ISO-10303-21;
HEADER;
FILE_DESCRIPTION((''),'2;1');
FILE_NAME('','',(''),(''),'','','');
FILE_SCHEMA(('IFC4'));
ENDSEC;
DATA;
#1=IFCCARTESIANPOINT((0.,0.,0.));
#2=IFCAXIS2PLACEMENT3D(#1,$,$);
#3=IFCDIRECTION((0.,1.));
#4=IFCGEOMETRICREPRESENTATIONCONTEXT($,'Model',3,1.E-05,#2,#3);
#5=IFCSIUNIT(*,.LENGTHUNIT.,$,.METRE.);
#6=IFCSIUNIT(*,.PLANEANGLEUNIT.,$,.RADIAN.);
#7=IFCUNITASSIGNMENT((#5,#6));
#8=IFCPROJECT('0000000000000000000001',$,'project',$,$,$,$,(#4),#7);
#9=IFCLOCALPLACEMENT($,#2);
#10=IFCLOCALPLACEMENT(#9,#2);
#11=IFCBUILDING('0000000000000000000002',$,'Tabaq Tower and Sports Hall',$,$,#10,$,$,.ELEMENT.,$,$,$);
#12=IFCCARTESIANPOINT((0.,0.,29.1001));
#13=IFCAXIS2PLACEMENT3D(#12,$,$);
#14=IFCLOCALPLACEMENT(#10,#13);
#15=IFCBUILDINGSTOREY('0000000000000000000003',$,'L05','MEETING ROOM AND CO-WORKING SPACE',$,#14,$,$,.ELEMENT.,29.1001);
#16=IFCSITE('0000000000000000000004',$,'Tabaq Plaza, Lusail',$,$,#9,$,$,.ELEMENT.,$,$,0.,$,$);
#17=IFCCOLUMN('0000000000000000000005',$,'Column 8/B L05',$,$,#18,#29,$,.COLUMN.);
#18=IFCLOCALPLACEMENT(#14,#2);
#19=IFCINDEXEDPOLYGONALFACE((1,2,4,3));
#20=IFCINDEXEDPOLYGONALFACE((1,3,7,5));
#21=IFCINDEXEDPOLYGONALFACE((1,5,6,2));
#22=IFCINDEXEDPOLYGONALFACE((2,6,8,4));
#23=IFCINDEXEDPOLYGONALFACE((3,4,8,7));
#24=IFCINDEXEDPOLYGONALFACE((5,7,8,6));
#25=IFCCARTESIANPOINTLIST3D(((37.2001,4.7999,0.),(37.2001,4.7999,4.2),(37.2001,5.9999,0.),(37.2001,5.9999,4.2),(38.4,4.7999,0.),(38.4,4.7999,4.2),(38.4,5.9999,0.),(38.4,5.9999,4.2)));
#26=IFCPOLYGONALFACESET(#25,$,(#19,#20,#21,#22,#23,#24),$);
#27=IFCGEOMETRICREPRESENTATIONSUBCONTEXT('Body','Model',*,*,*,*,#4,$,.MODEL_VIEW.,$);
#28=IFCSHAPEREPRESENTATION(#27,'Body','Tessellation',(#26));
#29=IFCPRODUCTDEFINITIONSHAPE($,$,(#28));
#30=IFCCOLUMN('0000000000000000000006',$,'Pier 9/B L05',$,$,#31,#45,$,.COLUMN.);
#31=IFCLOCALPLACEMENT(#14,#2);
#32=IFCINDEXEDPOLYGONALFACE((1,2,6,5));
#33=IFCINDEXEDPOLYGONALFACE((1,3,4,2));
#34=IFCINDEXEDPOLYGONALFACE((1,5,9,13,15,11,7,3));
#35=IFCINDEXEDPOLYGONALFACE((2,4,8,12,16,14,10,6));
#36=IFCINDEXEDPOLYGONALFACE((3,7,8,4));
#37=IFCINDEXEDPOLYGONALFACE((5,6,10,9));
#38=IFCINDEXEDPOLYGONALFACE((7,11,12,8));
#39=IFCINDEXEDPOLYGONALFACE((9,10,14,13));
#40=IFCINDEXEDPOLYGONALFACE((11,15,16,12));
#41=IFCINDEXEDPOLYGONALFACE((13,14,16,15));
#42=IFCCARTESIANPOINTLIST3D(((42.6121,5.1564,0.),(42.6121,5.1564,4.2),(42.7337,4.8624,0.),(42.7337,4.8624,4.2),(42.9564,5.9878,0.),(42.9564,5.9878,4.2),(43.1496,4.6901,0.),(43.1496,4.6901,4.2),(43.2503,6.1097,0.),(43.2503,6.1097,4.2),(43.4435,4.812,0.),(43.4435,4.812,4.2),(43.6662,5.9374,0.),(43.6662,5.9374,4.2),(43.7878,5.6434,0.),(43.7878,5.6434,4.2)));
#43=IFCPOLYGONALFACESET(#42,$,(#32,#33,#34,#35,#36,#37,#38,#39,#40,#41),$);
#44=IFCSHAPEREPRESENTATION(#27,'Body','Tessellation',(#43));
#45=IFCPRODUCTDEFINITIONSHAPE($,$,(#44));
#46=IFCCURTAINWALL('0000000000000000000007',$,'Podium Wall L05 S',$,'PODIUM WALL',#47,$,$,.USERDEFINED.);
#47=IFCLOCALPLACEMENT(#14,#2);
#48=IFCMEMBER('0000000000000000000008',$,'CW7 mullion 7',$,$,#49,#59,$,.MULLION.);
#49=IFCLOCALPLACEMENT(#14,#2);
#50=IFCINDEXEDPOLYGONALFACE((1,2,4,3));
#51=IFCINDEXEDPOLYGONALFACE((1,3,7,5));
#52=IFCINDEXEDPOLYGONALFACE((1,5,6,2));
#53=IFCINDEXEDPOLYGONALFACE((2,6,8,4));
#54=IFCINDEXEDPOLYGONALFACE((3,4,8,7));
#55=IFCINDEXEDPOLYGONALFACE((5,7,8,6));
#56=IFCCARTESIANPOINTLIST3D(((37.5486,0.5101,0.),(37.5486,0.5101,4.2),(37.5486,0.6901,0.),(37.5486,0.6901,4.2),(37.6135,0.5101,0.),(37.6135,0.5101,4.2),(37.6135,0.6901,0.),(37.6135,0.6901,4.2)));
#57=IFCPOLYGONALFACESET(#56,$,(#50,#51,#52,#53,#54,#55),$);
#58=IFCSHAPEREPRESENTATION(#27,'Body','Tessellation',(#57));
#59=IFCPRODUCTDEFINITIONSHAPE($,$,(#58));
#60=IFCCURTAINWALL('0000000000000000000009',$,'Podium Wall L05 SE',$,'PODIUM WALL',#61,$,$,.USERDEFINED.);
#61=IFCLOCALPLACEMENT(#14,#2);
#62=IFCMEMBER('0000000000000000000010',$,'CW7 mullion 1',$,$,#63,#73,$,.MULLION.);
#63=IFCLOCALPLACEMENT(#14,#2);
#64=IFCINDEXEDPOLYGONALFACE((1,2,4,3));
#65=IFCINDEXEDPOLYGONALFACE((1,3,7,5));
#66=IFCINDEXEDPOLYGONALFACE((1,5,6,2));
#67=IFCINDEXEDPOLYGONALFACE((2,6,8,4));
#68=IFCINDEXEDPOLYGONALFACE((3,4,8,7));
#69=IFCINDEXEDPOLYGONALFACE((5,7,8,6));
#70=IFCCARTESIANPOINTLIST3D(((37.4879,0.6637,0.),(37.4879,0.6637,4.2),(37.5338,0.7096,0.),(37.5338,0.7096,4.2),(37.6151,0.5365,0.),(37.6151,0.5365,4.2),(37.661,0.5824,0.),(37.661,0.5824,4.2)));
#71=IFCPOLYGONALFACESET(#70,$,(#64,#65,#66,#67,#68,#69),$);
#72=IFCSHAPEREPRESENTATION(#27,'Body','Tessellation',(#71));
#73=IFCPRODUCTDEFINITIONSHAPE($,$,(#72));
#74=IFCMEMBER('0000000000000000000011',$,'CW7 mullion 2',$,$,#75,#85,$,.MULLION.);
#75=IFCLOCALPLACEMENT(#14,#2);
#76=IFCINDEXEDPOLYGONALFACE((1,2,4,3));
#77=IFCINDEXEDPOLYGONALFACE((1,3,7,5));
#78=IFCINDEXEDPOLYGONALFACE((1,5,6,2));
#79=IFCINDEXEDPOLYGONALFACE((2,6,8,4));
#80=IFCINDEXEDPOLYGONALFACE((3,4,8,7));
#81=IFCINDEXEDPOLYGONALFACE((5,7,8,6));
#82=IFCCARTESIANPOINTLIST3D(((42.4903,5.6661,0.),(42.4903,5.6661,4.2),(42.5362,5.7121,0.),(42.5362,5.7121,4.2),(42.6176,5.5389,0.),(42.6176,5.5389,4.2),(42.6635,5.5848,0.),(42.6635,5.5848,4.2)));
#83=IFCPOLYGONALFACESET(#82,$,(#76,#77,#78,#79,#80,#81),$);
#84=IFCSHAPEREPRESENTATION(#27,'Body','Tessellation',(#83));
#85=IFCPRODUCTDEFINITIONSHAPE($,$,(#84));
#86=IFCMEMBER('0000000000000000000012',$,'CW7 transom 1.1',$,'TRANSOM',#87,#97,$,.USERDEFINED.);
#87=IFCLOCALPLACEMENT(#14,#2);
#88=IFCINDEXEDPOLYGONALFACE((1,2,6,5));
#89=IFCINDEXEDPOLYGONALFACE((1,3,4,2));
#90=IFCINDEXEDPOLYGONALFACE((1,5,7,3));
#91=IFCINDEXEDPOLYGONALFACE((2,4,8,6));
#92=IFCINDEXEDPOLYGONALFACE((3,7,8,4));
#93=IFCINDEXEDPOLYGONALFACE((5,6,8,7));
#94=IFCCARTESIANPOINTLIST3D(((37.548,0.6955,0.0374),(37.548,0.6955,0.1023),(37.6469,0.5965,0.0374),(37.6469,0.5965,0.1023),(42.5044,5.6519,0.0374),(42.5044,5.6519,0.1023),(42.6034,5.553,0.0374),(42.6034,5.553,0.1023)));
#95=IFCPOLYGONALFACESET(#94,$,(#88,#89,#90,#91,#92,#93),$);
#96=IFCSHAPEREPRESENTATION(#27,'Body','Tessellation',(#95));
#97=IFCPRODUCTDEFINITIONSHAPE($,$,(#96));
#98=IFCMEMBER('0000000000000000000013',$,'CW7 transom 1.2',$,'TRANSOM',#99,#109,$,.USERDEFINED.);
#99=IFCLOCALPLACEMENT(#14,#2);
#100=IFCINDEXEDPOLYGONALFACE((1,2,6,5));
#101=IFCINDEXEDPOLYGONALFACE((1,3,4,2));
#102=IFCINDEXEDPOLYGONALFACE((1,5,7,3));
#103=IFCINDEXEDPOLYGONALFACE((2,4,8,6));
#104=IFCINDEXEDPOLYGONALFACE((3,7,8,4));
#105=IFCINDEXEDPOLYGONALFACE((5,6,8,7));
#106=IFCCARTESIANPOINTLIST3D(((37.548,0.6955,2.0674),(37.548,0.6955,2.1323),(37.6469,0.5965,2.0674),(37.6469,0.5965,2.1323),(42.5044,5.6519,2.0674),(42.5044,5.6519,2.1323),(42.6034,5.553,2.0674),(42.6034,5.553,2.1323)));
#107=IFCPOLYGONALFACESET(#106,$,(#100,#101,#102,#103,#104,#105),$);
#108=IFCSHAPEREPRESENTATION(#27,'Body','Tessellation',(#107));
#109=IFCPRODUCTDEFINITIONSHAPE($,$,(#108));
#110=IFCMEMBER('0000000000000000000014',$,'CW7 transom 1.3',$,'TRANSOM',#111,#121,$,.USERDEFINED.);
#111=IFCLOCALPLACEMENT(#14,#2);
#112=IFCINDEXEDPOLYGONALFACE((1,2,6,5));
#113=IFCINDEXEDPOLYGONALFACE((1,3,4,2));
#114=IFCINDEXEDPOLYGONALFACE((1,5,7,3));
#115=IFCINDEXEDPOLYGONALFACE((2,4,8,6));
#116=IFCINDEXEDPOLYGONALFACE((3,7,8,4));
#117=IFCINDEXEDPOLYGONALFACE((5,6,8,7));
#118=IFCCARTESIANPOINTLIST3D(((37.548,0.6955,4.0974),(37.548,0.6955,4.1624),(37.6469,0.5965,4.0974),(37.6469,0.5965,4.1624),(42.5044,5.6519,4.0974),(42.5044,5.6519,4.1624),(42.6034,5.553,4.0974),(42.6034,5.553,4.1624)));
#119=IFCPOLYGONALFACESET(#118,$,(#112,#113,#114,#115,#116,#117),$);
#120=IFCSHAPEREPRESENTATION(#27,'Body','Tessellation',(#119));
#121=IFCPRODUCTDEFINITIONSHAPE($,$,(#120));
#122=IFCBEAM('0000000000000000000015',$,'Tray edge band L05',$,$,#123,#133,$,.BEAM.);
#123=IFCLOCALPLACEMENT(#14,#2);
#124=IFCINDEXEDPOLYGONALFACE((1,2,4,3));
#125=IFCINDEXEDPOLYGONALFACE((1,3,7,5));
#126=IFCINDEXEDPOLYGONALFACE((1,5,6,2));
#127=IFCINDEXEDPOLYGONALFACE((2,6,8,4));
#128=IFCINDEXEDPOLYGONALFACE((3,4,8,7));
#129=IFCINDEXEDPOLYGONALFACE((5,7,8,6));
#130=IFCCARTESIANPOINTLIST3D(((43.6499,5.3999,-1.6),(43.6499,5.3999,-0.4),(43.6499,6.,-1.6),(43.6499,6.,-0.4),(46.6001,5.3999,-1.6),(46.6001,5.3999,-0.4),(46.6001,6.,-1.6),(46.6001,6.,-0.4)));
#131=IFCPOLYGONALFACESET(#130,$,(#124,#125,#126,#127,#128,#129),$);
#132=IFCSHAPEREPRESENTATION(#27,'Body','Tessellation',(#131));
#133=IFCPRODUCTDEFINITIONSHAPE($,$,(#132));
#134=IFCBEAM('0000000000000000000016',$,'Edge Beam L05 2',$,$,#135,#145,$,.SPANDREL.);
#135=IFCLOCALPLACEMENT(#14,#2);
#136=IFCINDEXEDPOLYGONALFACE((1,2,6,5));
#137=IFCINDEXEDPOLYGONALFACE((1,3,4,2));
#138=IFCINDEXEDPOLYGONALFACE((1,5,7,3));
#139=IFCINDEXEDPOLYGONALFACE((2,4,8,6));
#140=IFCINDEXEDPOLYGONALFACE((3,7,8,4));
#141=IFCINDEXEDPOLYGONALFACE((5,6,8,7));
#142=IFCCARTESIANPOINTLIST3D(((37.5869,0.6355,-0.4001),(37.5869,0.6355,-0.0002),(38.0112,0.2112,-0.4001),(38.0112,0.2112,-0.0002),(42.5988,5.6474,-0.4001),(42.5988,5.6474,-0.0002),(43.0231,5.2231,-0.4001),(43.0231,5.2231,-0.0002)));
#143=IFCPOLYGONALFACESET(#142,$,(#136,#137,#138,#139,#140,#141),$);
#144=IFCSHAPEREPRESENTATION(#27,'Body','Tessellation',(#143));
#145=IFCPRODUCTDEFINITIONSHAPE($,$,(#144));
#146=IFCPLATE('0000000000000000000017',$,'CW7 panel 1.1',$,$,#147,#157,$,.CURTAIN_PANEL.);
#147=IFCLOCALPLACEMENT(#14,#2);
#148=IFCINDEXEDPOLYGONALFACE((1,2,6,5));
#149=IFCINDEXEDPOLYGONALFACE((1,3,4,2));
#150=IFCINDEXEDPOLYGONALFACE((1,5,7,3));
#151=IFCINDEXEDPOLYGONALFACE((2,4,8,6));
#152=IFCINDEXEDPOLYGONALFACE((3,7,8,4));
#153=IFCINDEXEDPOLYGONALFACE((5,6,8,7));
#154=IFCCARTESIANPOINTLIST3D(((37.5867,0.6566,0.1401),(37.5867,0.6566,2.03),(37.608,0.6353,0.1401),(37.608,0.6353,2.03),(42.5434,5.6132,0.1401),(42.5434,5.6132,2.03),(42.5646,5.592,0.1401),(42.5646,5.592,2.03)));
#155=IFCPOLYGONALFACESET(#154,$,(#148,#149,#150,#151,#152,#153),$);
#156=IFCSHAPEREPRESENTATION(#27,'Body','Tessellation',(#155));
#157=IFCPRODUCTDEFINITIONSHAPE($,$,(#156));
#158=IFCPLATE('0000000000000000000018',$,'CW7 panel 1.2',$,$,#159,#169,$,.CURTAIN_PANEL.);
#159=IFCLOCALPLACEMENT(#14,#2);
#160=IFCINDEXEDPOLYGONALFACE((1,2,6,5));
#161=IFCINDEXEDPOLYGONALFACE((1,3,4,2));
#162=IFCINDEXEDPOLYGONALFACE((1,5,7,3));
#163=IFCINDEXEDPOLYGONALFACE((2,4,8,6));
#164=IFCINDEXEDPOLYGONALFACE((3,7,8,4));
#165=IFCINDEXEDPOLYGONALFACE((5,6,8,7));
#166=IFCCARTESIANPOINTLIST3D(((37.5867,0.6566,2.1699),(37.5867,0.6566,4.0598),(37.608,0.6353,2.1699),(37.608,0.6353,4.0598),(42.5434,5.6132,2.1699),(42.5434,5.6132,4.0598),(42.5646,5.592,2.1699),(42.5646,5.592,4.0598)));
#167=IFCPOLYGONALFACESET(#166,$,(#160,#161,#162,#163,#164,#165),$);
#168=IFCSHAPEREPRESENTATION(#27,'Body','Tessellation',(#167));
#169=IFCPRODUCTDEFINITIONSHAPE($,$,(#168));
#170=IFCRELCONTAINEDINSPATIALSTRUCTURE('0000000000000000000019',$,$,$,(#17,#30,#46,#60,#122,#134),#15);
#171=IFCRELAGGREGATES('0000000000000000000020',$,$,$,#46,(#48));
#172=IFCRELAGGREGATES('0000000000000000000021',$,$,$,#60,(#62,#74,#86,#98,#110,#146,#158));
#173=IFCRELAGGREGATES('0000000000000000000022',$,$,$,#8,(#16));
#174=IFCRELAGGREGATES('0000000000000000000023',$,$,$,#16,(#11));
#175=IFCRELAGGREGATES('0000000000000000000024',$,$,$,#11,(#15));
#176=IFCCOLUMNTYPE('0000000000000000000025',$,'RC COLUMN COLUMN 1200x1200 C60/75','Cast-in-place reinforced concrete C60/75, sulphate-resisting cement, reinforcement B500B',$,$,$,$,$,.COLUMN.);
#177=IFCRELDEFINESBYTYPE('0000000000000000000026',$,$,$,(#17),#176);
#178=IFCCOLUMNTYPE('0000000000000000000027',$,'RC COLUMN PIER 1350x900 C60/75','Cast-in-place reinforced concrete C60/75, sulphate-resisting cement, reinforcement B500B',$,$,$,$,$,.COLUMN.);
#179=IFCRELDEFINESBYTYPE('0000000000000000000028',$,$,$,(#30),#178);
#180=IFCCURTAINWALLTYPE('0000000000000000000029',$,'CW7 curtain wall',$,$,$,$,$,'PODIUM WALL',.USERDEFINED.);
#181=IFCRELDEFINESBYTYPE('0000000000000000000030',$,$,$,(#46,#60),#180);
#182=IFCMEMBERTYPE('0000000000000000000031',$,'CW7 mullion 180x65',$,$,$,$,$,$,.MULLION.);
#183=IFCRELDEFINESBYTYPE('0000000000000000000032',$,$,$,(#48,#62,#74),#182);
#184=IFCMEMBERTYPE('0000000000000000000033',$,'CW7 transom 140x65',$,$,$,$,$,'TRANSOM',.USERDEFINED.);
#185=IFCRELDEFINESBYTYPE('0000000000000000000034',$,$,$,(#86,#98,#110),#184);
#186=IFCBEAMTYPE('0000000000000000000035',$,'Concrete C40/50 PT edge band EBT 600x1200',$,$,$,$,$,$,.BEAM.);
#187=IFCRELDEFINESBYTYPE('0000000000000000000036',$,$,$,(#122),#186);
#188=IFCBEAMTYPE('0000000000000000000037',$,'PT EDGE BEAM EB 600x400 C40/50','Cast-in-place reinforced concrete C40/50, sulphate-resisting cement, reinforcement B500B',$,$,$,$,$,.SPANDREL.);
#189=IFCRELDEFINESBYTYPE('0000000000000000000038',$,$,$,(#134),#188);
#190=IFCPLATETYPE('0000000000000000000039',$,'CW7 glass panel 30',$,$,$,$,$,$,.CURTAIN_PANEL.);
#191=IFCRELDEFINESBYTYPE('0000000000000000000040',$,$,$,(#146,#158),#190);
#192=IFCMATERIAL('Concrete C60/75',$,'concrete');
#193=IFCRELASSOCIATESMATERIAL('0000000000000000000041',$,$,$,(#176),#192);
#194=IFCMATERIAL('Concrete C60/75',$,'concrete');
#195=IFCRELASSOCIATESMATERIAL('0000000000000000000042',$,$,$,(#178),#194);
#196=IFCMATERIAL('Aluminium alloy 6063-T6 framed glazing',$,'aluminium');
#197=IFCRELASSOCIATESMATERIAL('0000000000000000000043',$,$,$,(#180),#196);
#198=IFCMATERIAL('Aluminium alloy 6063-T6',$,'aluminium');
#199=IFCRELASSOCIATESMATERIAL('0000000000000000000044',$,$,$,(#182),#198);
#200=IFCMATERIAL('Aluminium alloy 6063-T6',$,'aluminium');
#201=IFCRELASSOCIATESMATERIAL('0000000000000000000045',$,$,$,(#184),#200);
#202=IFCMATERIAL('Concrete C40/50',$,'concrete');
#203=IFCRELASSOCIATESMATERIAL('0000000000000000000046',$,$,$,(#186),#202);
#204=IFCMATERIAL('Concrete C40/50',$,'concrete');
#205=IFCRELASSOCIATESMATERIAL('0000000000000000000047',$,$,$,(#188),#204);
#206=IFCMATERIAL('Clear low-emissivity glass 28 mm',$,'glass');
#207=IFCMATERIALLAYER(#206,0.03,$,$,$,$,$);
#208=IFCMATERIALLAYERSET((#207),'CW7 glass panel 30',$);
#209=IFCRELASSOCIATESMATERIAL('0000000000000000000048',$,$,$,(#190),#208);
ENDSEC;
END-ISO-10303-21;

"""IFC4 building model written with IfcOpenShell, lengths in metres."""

from ifc_helpers import new_model, si_unit, direction, frame, origin, origin_2d, place, context, subcontext, project, spatial, polyline, rectangle, outline, extrude, material, layer, layer_set, material_profile, profile_set, type_object, element, aggregate, save


model = new_model("IFC4")

# Units and contexts
model_context = context("Model", 3, precision=1e-05, world=origin(), true_north=direction((0.0, 1.0)))
body_context = subcontext(model_context, "Body", "Model", "MODEL_VIEW")
ifc_project = project(units=[si_unit("LENGTHUNIT", "METRE"), si_unit("PLANEANGLEUNIT", "RADIAN")], contexts=[model_context])

# Site, building, storey
site_placement = place(None, origin())
site = spatial("IfcSite", under=ifc_project, at=site_placement, Name="Tabaq Plaza, Lusail", CompositionType="ELEMENT", RefElevation=0.0)
building_placement = place(site_placement, origin())
building = spatial("IfcBuilding", under=site, at=building_placement, Name="Tabaq Tower and Sports Hall", CompositionType="ELEMENT")
storey_placement = place(building_placement, frame((0.0, 0.0, 29.1001)))
storey = spatial("IfcBuildingStorey", under=building, at=storey_placement, Name="L05", Description="MEETING ROOM AND CO-WORKING SPACE", CompositionType="ELEMENT", Elevation=29.1001)

# Columns
ifc_material_1 = material(Name="Concrete C60/75", Category="concrete")
ifc_material_profile_1 = material_profile(ifc_material_1, rectangle(XDim=1.2, YDim=1.2, at=origin_2d()), Name="COLUMN 1200x1200")
ifc_profile_set_1 = profile_set([ifc_material_profile_1], Name="Concrete C60/75")
column_type_1 = type_object("IfcColumnType", Name="RC COLUMN COLUMN 1200x1200 C60/75", Description="Cast-in-place reinforced concrete C60/75, sulphate-resisting cement, reinforcement B500B", PredefinedType="COLUMN", material=ifc_profile_set_1)
column_1_placement = place(storey_placement, frame((37.8, 5.3999, 0.0), z_axis=(0.0, 0.0, 1.0), x_axis=(1.0, 0.0, 0.0)))
element("IfcColumn", 1, at=column_1_placement, inside=storey, type_object=column_type_1, Name="Column 8/B L05", PredefinedType="COLUMN", context=body_context, shape_type="SweptSolid", body=[
    extrude(rectangle(XDim=1.2, YDim=1.2, at=origin_2d()), origin(), (0.0, 0.0, 1.0), 4.2),
])
ifc_material_2 = material(Name="Concrete C60/75", Category="concrete")
ifc_material_profile_2 = material_profile(ifc_material_2, outline(polyline([(-0.45, -0.45), (0.45, -0.45), (0.675, -0.2251), (0.675, 0.2251), (0.45, 0.45), (-0.45, 0.45), (-0.675, 0.2251), (-0.675, -0.2251), (-0.45, -0.45)])), Name="PIER 1350x900")
ifc_profile_set_2 = profile_set([ifc_material_profile_2], Name="Concrete C60/75")
column_type_2 = type_object("IfcColumnType", Name="RC COLUMN PIER 1350x900 C60/75", Description="Cast-in-place reinforced concrete C60/75, sulphate-resisting cement, reinforcement B500B", PredefinedType="COLUMN", material=ifc_profile_set_2)
column_2_placement = place(storey_placement, frame((43.2, 5.3999, 0.0), z_axis=(0.0, 0.0, 1.0), x_axis=(0.382683, 0.92388, 0.0)))
element("IfcColumn", 2, at=column_2_placement, inside=storey, type_object=column_type_2, Name="Pier 9/B L05", PredefinedType="COLUMN", context=body_context, shape_type="SweptSolid", body=[
    extrude(outline(polyline([(-0.45, -0.45), (0.45, -0.45), (0.675, -0.2251), (0.675, 0.2251), (0.45, 0.45), (-0.45, 0.45), (-0.675, 0.2251), (-0.675, -0.2251), (-0.45, -0.45)])), origin(), (0.0, 0.0, 1.0), 4.2),
])

# Curtain wall, member
ifc_material_3 = material(Name="Aluminium alloy 6063-T6 framed glazing", Category="aluminium")
curtain_wall_type = type_object("IfcCurtainWallType", Name="CW7 curtain wall", ElementType="PODIUM WALL", PredefinedType="USERDEFINED", material=ifc_material_3)
curtain_wall_1_placement = place(storey_placement, origin())
curtain_wall_1 = element("IfcCurtainWall", 3, at=curtain_wall_1_placement, inside=storey, type_object=curtain_wall_type, Name="Podium Wall L05 S", ObjectType="PODIUM WALL", PredefinedType="USERDEFINED")
ifc_material_4 = material(Name="Aluminium alloy 6063-T6", Category="aluminium")
ifc_material_profile_3 = material_profile(ifc_material_4, rectangle(XDim=0.1799, YDim=0.0649, at=origin_2d()), Name="MULLION 180x65")
ifc_profile_set_3 = profile_set([ifc_material_profile_3], Name="Aluminium alloy 6063-T6")
member_type_1 = type_object("IfcMemberType", Name="CW7 mullion 180x65", PredefinedType="MULLION", material=ifc_profile_set_3)
member_1_placement = place(storey_placement, frame((37.5811, 0.6001, 0.0), z_axis=(0.0, 0.0, 1.0), x_axis=(0.0, 1.0, 0.0)))
member_1 = element("IfcMember", 4, at=member_1_placement, type_object=member_type_1, Name="CW7 mullion 7", PredefinedType="MULLION", context=body_context, shape_type="SweptSolid", body=[
    extrude(rectangle(XDim=0.1799, YDim=0.0649, at=origin_2d()), origin(), (0.0, 0.0, 1.0), 4.2),
])
aggregate(curtain_wall_1, [member_1])

# Curtain wall, members
curtain_wall_2_placement = place(storey_placement, origin())
curtain_wall_2 = element("IfcCurtainWall", 5, at=curtain_wall_2_placement, inside=storey, type_object=curtain_wall_type, Name="Podium Wall L05 SE", ObjectType="PODIUM WALL", PredefinedType="USERDEFINED")
member_2_placement = place(storey_placement, frame((37.5745, 0.623, 0.0), z_axis=(0.0, 0.0, 1.0), x_axis=(-0.707107, 0.707107, 0.0)))
member_2 = element("IfcMember", 6, at=member_2_placement, type_object=member_type_1, Name="CW7 mullion 1", PredefinedType="MULLION", context=body_context, shape_type="SweptSolid", body=[
    extrude(rectangle(XDim=0.1799, YDim=0.0649, at=origin_2d()), origin(), (0.0, 0.0, 1.0), 4.2),
])
member_3_placement = place(storey_placement, frame((42.5769, 5.6255, 0.0), z_axis=(0.0, 0.0, 1.0), x_axis=(-0.707107, 0.707107, 0.0)))
member_3 = element("IfcMember", 7, at=member_3_placement, type_object=member_type_1, Name="CW7 mullion 2", PredefinedType="MULLION", context=body_context, shape_type="SweptSolid", body=[
    extrude(rectangle(XDim=0.1799, YDim=0.0649, at=origin_2d()), origin(), (0.0, 0.0, 1.0), 4.2),
])
ifc_material_5 = material(Name="Aluminium alloy 6063-T6", Category="aluminium")
ifc_material_profile_4 = material_profile(ifc_material_5, rectangle(XDim=0.1399, YDim=0.0649, at=origin_2d()), Name="TRANSOM 140x65")
ifc_profile_set_4 = profile_set([ifc_material_profile_4], Name="Aluminium alloy 6063-T6")
member_type_2 = type_object("IfcMemberType", Name="CW7 transom 140x65", ElementType="TRANSOM", PredefinedType="USERDEFINED", material=ifc_profile_set_4)
member_4_placement = place(storey_placement, frame((37.5974, 0.646, 0.0698), z_axis=(0.707107, 0.707107, 0.0), x_axis=(-0.707107, 0.707107, 0.0)))
member_4 = element("IfcMember", 8, at=member_4_placement, type_object=member_type_2, Name="CW7 transom 1.1", ObjectType="TRANSOM", PredefinedType="USERDEFINED", context=body_context, shape_type="SweptSolid", body=[
    extrude(rectangle(XDim=0.1399, YDim=0.0649, at=origin_2d()), origin(), (0.0, 0.0, 1.0), 7.0095),
])
member_5_placement = place(storey_placement, frame((37.5974, 0.646, 2.0999), z_axis=(0.707107, 0.707107, 0.0), x_axis=(-0.707107, 0.707107, 0.0)))
member_5 = element("IfcMember", 9, at=member_5_placement, type_object=member_type_2, Name="CW7 transom 1.2", ObjectType="TRANSOM", PredefinedType="USERDEFINED", context=body_context, shape_type="SweptSolid", body=[
    extrude(rectangle(XDim=0.1399, YDim=0.0649, at=origin_2d()), origin(), (0.0, 0.0, 1.0), 7.0095),
])
member_6_placement = place(storey_placement, frame((37.5974, 0.646, 4.1299), z_axis=(0.707107, 0.707107, 0.0), x_axis=(-0.707107, 0.707107, 0.0)))
member_6 = element("IfcMember", 10, at=member_6_placement, type_object=member_type_2, Name="CW7 transom 1.3", ObjectType="TRANSOM", PredefinedType="USERDEFINED", context=body_context, shape_type="SweptSolid", body=[
    extrude(rectangle(XDim=0.1399, YDim=0.0649, at=origin_2d()), origin(), (0.0, 0.0, 1.0), 7.0095),
])

# Beams
ifc_material_6 = material(Name="Concrete C40/50", Category="concrete")
ifc_material_profile_5 = material_profile(ifc_material_6, rectangle(XDim=0.6001, YDim=1.2, at=origin_2d()), Name="EBT 600x1200")
ifc_profile_set_5 = profile_set([ifc_material_profile_5], Name="Concrete C40/50")
beam_type_1 = type_object("IfcBeamType", Name="Concrete C40/50 PT edge band EBT 600x1200", PredefinedType="BEAM", material=ifc_profile_set_5)
beam_1_placement = place(storey_placement, frame((43.6499, 5.7, -1.0), z_axis=(1.0, 0.0, 0.0), x_axis=(0.0, 1.0, 0.0)))
element("IfcBeam", 11, at=beam_1_placement, inside=storey, type_object=beam_type_1, Name="Tray edge band L05", PredefinedType="BEAM", context=body_context, shape_type="SweptSolid", body=[
    extrude(rectangle(XDim=0.6001, YDim=1.2, at=origin_2d()), origin(), (0.0, 0.0, 1.0), 2.9502),
])
ifc_material_7 = material(Name="Concrete C40/50", Category="concrete")
ifc_material_profile_6 = material_profile(ifc_material_7, rectangle(XDim=0.6001, YDim=0.3999, at=origin_2d()), Name="EB 600x400")
ifc_profile_set_6 = profile_set([ifc_material_profile_6], Name="Concrete C40/50")
beam_type_2 = type_object("IfcBeamType", Name="PT EDGE BEAM EB 600x400 C40/50", Description="Cast-in-place reinforced concrete C40/50, sulphate-resisting cement, reinforcement B500B", PredefinedType="SPANDREL", material=ifc_profile_set_6)
beam_2_placement = place(storey_placement, frame((37.7991, 0.4233, -0.2002), z_axis=(0.707107, 0.707107, 0.0), x_axis=(-0.707107, 0.707107, 0.0)))
element("IfcBeam", 12, at=beam_2_placement, inside=storey, type_object=beam_type_2, Name="Edge Beam L05 2", PredefinedType="SPANDREL", context=body_context, shape_type="SweptSolid", body=[
    extrude(rectangle(XDim=0.6001, YDim=0.3999, at=origin_2d()), origin(), (0.0, 0.0, 1.0), 7.0879),
])

# Plates
ifc_material_8 = material(Name="Clear low-emissivity glass 28 mm", Category="glass")
ifc_layer_1 = layer(ifc_material_8, 0.03)
ifc_layer_set_1 = layer_set([ifc_layer_1], Name="CW7 glass panel 30")
plate_type = type_object("IfcPlateType", Name="CW7 glass panel 30", PredefinedType="CURTAIN_PANEL", material=ifc_layer_set_1)
plate_1_placement = place(storey_placement, frame((40.0757, 3.1243, 0.1401), z_axis=(0.0, 0.0, 1.0), x_axis=(0.707107, 0.707107, 0.0)))
plate_1 = element("IfcPlate", 13, at=plate_1_placement, type_object=plate_type, Name="CW7 panel 1.1", PredefinedType="CURTAIN_PANEL", context=body_context, shape_type="SweptSolid", body=[
    extrude(rectangle(XDim=7.0098, YDim=0.03, at=origin_2d()), origin(), (0.0, 0.0, 1.0), 1.8899),
])
plate_2_placement = place(storey_placement, frame((40.0757, 3.1243, 2.1699), z_axis=(0.0, 0.0, 1.0), x_axis=(0.707107, 0.707107, 0.0)))
plate_2 = element("IfcPlate", 14, at=plate_2_placement, type_object=plate_type, Name="CW7 panel 1.2", PredefinedType="CURTAIN_PANEL", context=body_context, shape_type="SweptSolid", body=[
    extrude(rectangle(XDim=7.0098, YDim=0.03, at=origin_2d()), origin(), (0.0, 0.0, 1.0), 1.8899),
])
aggregate(curtain_wall_2, [member_2, member_3, member_4, member_5, member_6, plate_1, plate_2])

save(model, "model.ifc")
